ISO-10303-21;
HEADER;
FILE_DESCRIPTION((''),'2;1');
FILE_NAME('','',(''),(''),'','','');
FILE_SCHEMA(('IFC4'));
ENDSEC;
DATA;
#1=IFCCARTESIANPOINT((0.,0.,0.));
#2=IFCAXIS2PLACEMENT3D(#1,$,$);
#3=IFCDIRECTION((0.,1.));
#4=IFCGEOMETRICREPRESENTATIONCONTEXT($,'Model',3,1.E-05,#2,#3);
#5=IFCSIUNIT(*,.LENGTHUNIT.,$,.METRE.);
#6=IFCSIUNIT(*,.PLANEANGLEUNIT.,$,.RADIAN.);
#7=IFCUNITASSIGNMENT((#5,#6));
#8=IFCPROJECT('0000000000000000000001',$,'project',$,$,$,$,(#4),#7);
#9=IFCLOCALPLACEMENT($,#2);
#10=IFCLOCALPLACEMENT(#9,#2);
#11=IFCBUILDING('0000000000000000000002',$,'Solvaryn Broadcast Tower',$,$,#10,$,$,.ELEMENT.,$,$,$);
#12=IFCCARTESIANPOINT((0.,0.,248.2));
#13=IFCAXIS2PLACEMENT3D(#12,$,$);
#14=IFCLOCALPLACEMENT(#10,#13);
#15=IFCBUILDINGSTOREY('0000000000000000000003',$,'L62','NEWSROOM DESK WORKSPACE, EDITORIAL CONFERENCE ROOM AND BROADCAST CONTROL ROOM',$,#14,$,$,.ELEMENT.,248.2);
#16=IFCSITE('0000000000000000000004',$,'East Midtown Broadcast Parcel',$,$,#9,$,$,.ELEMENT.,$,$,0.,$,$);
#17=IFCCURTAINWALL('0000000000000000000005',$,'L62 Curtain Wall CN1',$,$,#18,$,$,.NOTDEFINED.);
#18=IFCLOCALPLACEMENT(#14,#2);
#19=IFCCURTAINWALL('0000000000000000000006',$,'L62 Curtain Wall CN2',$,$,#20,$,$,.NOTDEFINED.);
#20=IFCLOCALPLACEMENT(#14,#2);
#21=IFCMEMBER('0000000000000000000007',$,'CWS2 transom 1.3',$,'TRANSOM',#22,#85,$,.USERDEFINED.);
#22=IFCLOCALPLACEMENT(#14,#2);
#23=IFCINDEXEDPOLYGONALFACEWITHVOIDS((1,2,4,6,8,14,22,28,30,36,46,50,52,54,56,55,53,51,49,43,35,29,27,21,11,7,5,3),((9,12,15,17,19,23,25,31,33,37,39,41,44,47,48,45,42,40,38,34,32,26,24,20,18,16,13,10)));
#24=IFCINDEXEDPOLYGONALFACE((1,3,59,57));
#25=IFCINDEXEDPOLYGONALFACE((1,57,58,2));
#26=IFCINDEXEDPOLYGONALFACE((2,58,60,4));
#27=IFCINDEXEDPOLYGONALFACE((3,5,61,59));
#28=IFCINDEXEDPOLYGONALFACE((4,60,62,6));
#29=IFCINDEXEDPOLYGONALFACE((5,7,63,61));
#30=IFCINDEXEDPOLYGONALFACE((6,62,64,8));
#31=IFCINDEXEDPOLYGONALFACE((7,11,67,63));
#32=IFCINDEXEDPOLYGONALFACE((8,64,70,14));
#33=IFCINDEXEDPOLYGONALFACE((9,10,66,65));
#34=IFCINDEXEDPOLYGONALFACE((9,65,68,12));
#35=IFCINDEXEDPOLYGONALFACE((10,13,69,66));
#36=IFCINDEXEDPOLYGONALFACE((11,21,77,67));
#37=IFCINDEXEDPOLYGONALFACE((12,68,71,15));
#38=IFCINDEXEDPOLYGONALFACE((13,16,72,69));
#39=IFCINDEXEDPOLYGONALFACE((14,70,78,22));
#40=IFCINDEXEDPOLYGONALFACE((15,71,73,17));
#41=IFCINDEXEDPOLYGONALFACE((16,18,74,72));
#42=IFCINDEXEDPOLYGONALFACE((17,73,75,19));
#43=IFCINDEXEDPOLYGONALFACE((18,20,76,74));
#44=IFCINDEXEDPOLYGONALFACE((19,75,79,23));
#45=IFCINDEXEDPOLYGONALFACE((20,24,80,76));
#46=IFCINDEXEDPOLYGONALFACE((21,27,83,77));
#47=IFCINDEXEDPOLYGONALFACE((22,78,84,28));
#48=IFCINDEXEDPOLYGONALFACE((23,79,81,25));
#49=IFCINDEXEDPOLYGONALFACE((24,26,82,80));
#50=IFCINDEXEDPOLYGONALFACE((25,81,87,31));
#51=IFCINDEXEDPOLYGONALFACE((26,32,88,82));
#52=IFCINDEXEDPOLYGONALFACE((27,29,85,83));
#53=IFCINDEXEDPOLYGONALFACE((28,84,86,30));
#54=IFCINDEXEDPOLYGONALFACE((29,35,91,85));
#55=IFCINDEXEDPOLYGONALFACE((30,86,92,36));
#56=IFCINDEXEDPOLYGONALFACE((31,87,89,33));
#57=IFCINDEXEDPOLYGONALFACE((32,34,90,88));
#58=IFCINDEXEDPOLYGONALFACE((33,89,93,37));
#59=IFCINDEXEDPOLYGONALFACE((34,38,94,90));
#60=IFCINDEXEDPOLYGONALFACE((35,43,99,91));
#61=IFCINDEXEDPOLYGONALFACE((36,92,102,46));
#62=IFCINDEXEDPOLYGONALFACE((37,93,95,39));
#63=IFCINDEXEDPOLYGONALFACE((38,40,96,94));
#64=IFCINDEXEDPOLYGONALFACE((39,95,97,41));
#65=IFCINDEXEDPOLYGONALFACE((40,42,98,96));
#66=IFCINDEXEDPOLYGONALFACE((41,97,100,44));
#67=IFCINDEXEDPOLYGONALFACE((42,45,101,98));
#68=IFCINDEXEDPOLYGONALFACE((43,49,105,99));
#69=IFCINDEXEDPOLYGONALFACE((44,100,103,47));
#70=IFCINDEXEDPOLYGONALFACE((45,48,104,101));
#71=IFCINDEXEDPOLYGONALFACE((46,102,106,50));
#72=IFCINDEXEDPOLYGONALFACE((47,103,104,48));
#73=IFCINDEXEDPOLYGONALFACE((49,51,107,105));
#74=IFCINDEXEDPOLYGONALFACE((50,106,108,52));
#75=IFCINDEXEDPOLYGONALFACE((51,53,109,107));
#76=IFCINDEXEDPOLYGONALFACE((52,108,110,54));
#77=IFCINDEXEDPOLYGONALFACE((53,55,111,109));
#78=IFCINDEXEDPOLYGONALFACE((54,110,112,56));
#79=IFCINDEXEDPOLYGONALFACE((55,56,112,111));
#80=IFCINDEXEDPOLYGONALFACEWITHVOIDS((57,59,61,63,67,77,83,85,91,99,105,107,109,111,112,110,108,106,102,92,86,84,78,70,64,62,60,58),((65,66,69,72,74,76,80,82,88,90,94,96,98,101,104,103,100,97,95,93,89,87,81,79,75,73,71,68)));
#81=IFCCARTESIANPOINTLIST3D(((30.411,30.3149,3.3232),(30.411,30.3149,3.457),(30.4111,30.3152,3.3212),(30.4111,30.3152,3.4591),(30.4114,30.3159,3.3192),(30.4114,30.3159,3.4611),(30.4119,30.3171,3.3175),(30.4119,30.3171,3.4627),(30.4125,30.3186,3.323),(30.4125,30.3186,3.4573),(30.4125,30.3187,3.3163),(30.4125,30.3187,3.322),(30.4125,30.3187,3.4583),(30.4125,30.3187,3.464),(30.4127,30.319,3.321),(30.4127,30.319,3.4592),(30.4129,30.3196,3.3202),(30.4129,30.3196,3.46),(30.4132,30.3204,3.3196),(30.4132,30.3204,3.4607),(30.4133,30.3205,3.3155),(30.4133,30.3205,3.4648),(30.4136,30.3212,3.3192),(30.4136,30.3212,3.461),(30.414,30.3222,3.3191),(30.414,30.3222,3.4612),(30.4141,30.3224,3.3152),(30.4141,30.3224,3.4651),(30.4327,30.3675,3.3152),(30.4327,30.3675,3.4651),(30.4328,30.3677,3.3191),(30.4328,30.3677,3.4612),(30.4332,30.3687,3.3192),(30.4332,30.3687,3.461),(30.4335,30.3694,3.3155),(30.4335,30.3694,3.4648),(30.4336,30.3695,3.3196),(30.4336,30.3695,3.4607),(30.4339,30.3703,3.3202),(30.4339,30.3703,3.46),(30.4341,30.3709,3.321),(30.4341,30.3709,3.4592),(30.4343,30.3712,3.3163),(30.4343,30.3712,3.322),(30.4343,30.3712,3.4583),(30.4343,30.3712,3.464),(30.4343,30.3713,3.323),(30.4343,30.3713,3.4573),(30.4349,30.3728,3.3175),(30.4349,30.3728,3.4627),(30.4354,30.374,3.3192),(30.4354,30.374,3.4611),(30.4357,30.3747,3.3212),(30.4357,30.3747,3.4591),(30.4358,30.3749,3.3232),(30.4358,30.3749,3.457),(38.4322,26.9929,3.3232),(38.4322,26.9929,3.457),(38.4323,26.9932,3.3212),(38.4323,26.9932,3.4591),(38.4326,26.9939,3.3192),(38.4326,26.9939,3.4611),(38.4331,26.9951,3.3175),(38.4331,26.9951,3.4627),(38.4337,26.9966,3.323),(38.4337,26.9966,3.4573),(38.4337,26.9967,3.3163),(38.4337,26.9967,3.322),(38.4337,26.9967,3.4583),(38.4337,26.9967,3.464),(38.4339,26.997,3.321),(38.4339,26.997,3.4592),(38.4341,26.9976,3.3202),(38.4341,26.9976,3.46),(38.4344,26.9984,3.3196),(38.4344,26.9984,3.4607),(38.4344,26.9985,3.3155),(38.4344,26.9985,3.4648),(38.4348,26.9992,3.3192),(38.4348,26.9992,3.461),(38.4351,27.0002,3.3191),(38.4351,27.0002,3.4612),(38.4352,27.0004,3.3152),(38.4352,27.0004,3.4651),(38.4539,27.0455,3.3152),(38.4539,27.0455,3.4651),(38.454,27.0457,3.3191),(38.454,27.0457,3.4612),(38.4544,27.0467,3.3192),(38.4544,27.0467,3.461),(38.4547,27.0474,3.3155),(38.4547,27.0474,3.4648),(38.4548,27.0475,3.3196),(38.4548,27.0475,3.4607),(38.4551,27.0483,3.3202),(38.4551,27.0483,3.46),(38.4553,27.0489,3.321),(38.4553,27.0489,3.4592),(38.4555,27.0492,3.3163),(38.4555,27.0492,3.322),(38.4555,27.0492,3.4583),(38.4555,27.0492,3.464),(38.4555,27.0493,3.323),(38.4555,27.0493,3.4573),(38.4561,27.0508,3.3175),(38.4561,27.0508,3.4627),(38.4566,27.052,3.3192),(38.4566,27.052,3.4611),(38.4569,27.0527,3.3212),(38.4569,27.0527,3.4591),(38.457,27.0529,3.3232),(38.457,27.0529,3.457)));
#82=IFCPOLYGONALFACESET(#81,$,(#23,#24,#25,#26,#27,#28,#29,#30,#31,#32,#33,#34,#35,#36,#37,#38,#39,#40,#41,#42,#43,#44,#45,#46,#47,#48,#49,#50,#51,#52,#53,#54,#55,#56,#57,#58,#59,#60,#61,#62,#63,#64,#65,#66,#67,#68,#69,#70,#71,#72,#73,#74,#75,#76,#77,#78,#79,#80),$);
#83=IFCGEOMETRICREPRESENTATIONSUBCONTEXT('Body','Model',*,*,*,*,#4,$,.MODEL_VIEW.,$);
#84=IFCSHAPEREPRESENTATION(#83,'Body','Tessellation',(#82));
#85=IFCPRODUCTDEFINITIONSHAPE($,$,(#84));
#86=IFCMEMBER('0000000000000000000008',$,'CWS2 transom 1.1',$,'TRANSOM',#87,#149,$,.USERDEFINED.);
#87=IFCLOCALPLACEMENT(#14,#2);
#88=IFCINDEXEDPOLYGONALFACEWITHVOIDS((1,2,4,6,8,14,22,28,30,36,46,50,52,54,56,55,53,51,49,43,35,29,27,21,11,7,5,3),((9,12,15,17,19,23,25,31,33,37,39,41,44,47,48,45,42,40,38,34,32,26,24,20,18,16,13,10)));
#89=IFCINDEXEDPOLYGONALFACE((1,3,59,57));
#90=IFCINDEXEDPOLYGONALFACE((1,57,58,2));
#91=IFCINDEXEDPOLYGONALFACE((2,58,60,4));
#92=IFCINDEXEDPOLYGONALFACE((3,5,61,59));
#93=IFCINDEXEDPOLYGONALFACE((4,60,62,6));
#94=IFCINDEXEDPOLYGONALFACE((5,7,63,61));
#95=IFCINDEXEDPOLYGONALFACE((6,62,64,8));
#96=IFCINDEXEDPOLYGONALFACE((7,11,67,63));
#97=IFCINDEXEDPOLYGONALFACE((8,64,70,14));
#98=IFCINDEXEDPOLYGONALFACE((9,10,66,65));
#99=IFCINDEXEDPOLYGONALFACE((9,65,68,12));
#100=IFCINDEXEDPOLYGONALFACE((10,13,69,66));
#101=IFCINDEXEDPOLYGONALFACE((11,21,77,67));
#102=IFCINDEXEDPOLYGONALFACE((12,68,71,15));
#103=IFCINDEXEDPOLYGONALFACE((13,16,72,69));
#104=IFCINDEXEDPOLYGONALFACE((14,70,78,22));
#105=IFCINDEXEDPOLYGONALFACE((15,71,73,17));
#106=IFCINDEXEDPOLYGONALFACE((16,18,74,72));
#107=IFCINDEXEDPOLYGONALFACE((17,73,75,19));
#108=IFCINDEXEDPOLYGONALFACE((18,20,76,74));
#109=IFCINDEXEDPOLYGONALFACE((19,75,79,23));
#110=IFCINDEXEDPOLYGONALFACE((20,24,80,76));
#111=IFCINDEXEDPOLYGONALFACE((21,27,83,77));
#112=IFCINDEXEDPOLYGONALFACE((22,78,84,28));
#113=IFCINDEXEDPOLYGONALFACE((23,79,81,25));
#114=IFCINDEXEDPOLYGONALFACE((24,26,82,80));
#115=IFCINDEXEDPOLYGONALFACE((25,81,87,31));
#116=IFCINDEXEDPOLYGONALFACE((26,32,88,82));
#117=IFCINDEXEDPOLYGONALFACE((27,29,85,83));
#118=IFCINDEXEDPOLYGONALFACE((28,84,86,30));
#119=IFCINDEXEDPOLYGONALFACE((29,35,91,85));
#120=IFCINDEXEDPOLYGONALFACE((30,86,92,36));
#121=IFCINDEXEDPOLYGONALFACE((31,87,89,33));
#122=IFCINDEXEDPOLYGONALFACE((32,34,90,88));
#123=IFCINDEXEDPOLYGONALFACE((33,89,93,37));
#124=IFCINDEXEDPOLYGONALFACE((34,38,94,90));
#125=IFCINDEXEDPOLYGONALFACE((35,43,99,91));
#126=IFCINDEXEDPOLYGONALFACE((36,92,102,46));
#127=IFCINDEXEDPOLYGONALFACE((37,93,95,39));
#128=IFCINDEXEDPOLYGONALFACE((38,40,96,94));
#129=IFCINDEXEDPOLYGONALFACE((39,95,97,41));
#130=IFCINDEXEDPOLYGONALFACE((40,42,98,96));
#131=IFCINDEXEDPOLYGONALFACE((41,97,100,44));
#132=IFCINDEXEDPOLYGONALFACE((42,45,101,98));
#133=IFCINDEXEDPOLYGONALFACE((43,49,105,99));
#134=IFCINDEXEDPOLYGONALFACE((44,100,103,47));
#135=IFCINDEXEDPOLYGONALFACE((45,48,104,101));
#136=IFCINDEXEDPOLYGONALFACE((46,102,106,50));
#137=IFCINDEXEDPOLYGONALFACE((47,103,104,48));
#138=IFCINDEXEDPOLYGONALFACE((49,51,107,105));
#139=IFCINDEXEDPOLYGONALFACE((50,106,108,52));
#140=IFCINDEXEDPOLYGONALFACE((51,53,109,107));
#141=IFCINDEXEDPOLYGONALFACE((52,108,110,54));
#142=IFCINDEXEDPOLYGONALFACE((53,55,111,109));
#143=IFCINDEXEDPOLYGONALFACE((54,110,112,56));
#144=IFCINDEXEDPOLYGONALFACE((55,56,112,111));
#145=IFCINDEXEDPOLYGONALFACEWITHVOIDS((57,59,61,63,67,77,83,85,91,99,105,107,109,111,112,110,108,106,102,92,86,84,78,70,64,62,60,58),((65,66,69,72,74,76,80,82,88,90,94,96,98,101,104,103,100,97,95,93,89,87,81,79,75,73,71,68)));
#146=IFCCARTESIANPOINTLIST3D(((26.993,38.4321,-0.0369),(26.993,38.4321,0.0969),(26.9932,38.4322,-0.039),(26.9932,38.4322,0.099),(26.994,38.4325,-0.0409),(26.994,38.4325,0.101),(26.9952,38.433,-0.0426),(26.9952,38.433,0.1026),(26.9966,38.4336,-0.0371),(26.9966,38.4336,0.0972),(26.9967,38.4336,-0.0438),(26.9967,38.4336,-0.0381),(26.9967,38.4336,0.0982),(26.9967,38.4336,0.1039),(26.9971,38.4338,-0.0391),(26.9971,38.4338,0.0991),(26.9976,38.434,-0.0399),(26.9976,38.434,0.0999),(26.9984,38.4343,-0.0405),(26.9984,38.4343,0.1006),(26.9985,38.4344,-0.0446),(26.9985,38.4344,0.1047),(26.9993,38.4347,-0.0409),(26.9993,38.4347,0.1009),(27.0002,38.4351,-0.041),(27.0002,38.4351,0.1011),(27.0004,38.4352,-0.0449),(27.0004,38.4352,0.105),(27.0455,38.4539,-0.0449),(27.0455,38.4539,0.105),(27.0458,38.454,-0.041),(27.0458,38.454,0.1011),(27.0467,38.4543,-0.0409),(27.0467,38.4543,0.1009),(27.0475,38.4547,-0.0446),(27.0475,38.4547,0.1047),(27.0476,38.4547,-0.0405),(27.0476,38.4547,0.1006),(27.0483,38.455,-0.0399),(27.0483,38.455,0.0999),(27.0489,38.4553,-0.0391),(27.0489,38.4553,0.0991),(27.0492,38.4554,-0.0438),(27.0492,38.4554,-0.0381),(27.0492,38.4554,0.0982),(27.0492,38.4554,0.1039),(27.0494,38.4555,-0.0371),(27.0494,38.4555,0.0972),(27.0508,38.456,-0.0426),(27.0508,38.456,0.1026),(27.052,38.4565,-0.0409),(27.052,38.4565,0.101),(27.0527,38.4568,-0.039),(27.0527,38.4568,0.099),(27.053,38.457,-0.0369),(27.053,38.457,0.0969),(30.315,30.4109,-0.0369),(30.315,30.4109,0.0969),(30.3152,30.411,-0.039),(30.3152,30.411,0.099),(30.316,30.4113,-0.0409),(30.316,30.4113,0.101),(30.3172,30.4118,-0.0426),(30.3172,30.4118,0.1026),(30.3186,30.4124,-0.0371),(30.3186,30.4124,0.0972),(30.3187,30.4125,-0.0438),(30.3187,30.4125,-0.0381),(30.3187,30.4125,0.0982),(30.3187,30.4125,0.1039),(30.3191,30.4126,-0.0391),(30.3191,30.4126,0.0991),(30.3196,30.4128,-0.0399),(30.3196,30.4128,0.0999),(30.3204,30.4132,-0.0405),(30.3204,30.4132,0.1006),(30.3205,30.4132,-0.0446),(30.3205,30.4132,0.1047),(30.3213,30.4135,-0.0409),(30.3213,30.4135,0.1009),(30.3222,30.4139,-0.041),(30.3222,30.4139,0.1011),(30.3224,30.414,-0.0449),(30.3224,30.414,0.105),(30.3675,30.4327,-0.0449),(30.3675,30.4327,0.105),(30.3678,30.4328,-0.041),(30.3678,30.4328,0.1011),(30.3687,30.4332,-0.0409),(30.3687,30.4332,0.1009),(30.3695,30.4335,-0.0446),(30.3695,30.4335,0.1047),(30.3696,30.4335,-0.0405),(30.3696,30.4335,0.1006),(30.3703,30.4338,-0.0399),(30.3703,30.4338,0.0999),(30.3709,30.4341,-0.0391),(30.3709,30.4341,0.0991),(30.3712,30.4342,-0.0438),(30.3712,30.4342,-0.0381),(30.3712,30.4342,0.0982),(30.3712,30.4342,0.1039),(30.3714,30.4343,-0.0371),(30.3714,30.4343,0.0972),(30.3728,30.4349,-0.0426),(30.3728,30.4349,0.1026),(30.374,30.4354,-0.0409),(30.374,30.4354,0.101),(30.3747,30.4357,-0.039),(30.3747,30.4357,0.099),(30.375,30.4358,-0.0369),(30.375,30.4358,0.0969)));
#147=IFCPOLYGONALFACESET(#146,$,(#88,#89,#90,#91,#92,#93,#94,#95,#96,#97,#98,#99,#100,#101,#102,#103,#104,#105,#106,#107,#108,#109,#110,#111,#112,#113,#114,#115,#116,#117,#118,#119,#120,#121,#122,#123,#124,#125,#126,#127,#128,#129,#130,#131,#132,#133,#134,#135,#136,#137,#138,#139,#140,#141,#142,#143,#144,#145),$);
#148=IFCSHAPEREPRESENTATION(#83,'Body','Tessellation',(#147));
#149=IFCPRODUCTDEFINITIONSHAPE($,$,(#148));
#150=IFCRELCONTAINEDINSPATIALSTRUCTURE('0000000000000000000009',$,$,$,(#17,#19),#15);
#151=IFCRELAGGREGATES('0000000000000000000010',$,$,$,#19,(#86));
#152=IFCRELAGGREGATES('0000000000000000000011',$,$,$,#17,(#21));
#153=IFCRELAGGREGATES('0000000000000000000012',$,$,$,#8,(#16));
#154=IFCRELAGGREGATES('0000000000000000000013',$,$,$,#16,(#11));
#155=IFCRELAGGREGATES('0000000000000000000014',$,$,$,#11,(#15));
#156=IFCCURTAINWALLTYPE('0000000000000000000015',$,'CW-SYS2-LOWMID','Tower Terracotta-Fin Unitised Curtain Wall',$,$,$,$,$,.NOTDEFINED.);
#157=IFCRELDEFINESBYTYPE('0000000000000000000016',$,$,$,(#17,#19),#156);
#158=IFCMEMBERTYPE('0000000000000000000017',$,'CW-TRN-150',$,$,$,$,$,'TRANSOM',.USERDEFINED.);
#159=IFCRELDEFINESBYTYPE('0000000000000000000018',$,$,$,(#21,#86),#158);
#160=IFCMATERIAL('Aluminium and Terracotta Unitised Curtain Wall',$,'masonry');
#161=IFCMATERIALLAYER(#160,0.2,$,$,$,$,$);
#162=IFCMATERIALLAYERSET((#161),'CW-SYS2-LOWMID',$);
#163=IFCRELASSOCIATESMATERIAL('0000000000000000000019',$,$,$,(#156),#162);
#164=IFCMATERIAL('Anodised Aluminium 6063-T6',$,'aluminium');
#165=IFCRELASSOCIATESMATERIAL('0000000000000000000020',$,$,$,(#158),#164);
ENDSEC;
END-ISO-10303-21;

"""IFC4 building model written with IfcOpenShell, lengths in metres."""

from ifc_helpers import new_model, si_unit, direction, frame, origin, origin_2d, place, context, subcontext, project, spatial, hollow_rectangle, extrude, material, layer, layer_set, material_profile, profile_set, type_object, element, aggregate, save


model = new_model("IFC4")

# Units and contexts
model_context = context("Model", 3, precision=1e-05, world=origin(), true_north=direction((0.0, 1.0)))
body_context = subcontext(model_context, "Body", "Model", "MODEL_VIEW")
ifc_project = project(units=[si_unit("LENGTHUNIT", "METRE"), si_unit("PLANEANGLEUNIT", "RADIAN")], contexts=[model_context])

# Site, building, storey
site_placement = place(None, origin())
site = spatial("IfcSite", under=ifc_project, at=site_placement, Name="East Midtown Broadcast Parcel", CompositionType="ELEMENT", RefElevation=0.0)
building_placement = place(site_placement, origin())
building = spatial("IfcBuilding", under=site, at=building_placement, Name="Solvaryn Broadcast Tower", CompositionType="ELEMENT")
storey_placement = place(building_placement, frame((0.0, 0.0, 248.2)))
storey = spatial("IfcBuildingStorey", under=building, at=storey_placement, Name="L62", Description="NEWSROOM DESK WORKSPACE, EDITORIAL CONFERENCE ROOM AND BROADCAST CONTROL ROOM", CompositionType="ELEMENT", Elevation=248.2)

# Curtain wall
ifc_material_1 = material(Name="Aluminium and Terracotta Unitised Curtain Wall", Category="masonry")
ifc_layer_1 = layer(ifc_material_1, 0.2)
ifc_layer_set_1 = layer_set([ifc_layer_1], Name="CW-SYS2-LOWMID")
curtain_wall_type = type_object("IfcCurtainWallType", Name="CW-SYS2-LOWMID", Description="Tower Terracotta-Fin Unitised Curtain Wall", PredefinedType="NOTDEFINED", material=ifc_layer_set_1)
curtain_wall_1_placement = place(storey_placement, origin())
curtain_wall_1 = element("IfcCurtainWall", 1, at=curtain_wall_1_placement, inside=storey, type_object=curtain_wall_type, Name="L62 Curtain Wall CN1", PredefinedType="NOTDEFINED")

# Curtain wall
curtain_wall_2_placement = place(storey_placement, origin())
curtain_wall_2 = element("IfcCurtainWall", 2, at=curtain_wall_2_placement, inside=storey, type_object=curtain_wall_type, Name="L62 Curtain Wall CN2", PredefinedType="NOTDEFINED")

# Members
ifc_material_2 = material(Name="Anodised Aluminium 6063-T6", Category="aluminium")
ifc_material_profile_1 = material_profile(ifc_material_2, hollow_rectangle(XDim=0.0649, YDim=0.1499, WallThickness=0.0039, InnerFilletRadius=0.0039, OuterFilletRadius=0.0081, at=origin_2d()))
ifc_profile_set_1 = profile_set([ifc_material_profile_1], Name="Anodised Aluminium 6063-T6")
member_type_1 = type_object("IfcMemberType", Name="CW-TRN-150", ElementType="TRANSOM", PredefinedType="USERDEFINED", material=ifc_profile_set_1)
member_1_placement = place(storey_placement, frame((38.4446, 27.0229, 3.3901), z_axis=(-0.923899, 0.382636, 0.0), x_axis=(-0.382636, -0.923899, 0.0)))
member_1 = element("IfcMember", 3, at=member_1_placement, type_object=member_type_1, Name="CWS2 transom 1.3", ObjectType="TRANSOM", PredefinedType="USERDEFINED", context=body_context, shape_type="SweptSolid", body=[
    extrude(hollow_rectangle(XDim=0.0649, YDim=0.1499, WallThickness=0.0039, InnerFilletRadius=0.0039, OuterFilletRadius=0.0081, at=origin_2d()), origin(), (0.0, 0.0, 1.0), 8.6819),
])
member_2_placement = place(storey_placement, frame((30.345, 30.4233, 0.03), z_axis=(-0.382636, 0.923899, 0.0), x_axis=(-0.923899, -0.382636, 0.0)))
member_2 = element("IfcMember", 4, at=member_2_placement, type_object=member_type_1, Name="CWS2 transom 1.1", ObjectType="TRANSOM", PredefinedType="USERDEFINED", context=body_context, shape_type="SweptSolid", body=[
    extrude(hollow_rectangle(XDim=0.0649, YDim=0.1499, WallThickness=0.0039, InnerFilletRadius=0.0039, OuterFilletRadius=0.0081, at=origin_2d()), origin(), (0.0, 0.0, 1.0), 8.6819),
])
aggregate(curtain_wall_2, [member_2])

aggregate(curtain_wall_1, [member_1])

save(model, "model.ifc")
